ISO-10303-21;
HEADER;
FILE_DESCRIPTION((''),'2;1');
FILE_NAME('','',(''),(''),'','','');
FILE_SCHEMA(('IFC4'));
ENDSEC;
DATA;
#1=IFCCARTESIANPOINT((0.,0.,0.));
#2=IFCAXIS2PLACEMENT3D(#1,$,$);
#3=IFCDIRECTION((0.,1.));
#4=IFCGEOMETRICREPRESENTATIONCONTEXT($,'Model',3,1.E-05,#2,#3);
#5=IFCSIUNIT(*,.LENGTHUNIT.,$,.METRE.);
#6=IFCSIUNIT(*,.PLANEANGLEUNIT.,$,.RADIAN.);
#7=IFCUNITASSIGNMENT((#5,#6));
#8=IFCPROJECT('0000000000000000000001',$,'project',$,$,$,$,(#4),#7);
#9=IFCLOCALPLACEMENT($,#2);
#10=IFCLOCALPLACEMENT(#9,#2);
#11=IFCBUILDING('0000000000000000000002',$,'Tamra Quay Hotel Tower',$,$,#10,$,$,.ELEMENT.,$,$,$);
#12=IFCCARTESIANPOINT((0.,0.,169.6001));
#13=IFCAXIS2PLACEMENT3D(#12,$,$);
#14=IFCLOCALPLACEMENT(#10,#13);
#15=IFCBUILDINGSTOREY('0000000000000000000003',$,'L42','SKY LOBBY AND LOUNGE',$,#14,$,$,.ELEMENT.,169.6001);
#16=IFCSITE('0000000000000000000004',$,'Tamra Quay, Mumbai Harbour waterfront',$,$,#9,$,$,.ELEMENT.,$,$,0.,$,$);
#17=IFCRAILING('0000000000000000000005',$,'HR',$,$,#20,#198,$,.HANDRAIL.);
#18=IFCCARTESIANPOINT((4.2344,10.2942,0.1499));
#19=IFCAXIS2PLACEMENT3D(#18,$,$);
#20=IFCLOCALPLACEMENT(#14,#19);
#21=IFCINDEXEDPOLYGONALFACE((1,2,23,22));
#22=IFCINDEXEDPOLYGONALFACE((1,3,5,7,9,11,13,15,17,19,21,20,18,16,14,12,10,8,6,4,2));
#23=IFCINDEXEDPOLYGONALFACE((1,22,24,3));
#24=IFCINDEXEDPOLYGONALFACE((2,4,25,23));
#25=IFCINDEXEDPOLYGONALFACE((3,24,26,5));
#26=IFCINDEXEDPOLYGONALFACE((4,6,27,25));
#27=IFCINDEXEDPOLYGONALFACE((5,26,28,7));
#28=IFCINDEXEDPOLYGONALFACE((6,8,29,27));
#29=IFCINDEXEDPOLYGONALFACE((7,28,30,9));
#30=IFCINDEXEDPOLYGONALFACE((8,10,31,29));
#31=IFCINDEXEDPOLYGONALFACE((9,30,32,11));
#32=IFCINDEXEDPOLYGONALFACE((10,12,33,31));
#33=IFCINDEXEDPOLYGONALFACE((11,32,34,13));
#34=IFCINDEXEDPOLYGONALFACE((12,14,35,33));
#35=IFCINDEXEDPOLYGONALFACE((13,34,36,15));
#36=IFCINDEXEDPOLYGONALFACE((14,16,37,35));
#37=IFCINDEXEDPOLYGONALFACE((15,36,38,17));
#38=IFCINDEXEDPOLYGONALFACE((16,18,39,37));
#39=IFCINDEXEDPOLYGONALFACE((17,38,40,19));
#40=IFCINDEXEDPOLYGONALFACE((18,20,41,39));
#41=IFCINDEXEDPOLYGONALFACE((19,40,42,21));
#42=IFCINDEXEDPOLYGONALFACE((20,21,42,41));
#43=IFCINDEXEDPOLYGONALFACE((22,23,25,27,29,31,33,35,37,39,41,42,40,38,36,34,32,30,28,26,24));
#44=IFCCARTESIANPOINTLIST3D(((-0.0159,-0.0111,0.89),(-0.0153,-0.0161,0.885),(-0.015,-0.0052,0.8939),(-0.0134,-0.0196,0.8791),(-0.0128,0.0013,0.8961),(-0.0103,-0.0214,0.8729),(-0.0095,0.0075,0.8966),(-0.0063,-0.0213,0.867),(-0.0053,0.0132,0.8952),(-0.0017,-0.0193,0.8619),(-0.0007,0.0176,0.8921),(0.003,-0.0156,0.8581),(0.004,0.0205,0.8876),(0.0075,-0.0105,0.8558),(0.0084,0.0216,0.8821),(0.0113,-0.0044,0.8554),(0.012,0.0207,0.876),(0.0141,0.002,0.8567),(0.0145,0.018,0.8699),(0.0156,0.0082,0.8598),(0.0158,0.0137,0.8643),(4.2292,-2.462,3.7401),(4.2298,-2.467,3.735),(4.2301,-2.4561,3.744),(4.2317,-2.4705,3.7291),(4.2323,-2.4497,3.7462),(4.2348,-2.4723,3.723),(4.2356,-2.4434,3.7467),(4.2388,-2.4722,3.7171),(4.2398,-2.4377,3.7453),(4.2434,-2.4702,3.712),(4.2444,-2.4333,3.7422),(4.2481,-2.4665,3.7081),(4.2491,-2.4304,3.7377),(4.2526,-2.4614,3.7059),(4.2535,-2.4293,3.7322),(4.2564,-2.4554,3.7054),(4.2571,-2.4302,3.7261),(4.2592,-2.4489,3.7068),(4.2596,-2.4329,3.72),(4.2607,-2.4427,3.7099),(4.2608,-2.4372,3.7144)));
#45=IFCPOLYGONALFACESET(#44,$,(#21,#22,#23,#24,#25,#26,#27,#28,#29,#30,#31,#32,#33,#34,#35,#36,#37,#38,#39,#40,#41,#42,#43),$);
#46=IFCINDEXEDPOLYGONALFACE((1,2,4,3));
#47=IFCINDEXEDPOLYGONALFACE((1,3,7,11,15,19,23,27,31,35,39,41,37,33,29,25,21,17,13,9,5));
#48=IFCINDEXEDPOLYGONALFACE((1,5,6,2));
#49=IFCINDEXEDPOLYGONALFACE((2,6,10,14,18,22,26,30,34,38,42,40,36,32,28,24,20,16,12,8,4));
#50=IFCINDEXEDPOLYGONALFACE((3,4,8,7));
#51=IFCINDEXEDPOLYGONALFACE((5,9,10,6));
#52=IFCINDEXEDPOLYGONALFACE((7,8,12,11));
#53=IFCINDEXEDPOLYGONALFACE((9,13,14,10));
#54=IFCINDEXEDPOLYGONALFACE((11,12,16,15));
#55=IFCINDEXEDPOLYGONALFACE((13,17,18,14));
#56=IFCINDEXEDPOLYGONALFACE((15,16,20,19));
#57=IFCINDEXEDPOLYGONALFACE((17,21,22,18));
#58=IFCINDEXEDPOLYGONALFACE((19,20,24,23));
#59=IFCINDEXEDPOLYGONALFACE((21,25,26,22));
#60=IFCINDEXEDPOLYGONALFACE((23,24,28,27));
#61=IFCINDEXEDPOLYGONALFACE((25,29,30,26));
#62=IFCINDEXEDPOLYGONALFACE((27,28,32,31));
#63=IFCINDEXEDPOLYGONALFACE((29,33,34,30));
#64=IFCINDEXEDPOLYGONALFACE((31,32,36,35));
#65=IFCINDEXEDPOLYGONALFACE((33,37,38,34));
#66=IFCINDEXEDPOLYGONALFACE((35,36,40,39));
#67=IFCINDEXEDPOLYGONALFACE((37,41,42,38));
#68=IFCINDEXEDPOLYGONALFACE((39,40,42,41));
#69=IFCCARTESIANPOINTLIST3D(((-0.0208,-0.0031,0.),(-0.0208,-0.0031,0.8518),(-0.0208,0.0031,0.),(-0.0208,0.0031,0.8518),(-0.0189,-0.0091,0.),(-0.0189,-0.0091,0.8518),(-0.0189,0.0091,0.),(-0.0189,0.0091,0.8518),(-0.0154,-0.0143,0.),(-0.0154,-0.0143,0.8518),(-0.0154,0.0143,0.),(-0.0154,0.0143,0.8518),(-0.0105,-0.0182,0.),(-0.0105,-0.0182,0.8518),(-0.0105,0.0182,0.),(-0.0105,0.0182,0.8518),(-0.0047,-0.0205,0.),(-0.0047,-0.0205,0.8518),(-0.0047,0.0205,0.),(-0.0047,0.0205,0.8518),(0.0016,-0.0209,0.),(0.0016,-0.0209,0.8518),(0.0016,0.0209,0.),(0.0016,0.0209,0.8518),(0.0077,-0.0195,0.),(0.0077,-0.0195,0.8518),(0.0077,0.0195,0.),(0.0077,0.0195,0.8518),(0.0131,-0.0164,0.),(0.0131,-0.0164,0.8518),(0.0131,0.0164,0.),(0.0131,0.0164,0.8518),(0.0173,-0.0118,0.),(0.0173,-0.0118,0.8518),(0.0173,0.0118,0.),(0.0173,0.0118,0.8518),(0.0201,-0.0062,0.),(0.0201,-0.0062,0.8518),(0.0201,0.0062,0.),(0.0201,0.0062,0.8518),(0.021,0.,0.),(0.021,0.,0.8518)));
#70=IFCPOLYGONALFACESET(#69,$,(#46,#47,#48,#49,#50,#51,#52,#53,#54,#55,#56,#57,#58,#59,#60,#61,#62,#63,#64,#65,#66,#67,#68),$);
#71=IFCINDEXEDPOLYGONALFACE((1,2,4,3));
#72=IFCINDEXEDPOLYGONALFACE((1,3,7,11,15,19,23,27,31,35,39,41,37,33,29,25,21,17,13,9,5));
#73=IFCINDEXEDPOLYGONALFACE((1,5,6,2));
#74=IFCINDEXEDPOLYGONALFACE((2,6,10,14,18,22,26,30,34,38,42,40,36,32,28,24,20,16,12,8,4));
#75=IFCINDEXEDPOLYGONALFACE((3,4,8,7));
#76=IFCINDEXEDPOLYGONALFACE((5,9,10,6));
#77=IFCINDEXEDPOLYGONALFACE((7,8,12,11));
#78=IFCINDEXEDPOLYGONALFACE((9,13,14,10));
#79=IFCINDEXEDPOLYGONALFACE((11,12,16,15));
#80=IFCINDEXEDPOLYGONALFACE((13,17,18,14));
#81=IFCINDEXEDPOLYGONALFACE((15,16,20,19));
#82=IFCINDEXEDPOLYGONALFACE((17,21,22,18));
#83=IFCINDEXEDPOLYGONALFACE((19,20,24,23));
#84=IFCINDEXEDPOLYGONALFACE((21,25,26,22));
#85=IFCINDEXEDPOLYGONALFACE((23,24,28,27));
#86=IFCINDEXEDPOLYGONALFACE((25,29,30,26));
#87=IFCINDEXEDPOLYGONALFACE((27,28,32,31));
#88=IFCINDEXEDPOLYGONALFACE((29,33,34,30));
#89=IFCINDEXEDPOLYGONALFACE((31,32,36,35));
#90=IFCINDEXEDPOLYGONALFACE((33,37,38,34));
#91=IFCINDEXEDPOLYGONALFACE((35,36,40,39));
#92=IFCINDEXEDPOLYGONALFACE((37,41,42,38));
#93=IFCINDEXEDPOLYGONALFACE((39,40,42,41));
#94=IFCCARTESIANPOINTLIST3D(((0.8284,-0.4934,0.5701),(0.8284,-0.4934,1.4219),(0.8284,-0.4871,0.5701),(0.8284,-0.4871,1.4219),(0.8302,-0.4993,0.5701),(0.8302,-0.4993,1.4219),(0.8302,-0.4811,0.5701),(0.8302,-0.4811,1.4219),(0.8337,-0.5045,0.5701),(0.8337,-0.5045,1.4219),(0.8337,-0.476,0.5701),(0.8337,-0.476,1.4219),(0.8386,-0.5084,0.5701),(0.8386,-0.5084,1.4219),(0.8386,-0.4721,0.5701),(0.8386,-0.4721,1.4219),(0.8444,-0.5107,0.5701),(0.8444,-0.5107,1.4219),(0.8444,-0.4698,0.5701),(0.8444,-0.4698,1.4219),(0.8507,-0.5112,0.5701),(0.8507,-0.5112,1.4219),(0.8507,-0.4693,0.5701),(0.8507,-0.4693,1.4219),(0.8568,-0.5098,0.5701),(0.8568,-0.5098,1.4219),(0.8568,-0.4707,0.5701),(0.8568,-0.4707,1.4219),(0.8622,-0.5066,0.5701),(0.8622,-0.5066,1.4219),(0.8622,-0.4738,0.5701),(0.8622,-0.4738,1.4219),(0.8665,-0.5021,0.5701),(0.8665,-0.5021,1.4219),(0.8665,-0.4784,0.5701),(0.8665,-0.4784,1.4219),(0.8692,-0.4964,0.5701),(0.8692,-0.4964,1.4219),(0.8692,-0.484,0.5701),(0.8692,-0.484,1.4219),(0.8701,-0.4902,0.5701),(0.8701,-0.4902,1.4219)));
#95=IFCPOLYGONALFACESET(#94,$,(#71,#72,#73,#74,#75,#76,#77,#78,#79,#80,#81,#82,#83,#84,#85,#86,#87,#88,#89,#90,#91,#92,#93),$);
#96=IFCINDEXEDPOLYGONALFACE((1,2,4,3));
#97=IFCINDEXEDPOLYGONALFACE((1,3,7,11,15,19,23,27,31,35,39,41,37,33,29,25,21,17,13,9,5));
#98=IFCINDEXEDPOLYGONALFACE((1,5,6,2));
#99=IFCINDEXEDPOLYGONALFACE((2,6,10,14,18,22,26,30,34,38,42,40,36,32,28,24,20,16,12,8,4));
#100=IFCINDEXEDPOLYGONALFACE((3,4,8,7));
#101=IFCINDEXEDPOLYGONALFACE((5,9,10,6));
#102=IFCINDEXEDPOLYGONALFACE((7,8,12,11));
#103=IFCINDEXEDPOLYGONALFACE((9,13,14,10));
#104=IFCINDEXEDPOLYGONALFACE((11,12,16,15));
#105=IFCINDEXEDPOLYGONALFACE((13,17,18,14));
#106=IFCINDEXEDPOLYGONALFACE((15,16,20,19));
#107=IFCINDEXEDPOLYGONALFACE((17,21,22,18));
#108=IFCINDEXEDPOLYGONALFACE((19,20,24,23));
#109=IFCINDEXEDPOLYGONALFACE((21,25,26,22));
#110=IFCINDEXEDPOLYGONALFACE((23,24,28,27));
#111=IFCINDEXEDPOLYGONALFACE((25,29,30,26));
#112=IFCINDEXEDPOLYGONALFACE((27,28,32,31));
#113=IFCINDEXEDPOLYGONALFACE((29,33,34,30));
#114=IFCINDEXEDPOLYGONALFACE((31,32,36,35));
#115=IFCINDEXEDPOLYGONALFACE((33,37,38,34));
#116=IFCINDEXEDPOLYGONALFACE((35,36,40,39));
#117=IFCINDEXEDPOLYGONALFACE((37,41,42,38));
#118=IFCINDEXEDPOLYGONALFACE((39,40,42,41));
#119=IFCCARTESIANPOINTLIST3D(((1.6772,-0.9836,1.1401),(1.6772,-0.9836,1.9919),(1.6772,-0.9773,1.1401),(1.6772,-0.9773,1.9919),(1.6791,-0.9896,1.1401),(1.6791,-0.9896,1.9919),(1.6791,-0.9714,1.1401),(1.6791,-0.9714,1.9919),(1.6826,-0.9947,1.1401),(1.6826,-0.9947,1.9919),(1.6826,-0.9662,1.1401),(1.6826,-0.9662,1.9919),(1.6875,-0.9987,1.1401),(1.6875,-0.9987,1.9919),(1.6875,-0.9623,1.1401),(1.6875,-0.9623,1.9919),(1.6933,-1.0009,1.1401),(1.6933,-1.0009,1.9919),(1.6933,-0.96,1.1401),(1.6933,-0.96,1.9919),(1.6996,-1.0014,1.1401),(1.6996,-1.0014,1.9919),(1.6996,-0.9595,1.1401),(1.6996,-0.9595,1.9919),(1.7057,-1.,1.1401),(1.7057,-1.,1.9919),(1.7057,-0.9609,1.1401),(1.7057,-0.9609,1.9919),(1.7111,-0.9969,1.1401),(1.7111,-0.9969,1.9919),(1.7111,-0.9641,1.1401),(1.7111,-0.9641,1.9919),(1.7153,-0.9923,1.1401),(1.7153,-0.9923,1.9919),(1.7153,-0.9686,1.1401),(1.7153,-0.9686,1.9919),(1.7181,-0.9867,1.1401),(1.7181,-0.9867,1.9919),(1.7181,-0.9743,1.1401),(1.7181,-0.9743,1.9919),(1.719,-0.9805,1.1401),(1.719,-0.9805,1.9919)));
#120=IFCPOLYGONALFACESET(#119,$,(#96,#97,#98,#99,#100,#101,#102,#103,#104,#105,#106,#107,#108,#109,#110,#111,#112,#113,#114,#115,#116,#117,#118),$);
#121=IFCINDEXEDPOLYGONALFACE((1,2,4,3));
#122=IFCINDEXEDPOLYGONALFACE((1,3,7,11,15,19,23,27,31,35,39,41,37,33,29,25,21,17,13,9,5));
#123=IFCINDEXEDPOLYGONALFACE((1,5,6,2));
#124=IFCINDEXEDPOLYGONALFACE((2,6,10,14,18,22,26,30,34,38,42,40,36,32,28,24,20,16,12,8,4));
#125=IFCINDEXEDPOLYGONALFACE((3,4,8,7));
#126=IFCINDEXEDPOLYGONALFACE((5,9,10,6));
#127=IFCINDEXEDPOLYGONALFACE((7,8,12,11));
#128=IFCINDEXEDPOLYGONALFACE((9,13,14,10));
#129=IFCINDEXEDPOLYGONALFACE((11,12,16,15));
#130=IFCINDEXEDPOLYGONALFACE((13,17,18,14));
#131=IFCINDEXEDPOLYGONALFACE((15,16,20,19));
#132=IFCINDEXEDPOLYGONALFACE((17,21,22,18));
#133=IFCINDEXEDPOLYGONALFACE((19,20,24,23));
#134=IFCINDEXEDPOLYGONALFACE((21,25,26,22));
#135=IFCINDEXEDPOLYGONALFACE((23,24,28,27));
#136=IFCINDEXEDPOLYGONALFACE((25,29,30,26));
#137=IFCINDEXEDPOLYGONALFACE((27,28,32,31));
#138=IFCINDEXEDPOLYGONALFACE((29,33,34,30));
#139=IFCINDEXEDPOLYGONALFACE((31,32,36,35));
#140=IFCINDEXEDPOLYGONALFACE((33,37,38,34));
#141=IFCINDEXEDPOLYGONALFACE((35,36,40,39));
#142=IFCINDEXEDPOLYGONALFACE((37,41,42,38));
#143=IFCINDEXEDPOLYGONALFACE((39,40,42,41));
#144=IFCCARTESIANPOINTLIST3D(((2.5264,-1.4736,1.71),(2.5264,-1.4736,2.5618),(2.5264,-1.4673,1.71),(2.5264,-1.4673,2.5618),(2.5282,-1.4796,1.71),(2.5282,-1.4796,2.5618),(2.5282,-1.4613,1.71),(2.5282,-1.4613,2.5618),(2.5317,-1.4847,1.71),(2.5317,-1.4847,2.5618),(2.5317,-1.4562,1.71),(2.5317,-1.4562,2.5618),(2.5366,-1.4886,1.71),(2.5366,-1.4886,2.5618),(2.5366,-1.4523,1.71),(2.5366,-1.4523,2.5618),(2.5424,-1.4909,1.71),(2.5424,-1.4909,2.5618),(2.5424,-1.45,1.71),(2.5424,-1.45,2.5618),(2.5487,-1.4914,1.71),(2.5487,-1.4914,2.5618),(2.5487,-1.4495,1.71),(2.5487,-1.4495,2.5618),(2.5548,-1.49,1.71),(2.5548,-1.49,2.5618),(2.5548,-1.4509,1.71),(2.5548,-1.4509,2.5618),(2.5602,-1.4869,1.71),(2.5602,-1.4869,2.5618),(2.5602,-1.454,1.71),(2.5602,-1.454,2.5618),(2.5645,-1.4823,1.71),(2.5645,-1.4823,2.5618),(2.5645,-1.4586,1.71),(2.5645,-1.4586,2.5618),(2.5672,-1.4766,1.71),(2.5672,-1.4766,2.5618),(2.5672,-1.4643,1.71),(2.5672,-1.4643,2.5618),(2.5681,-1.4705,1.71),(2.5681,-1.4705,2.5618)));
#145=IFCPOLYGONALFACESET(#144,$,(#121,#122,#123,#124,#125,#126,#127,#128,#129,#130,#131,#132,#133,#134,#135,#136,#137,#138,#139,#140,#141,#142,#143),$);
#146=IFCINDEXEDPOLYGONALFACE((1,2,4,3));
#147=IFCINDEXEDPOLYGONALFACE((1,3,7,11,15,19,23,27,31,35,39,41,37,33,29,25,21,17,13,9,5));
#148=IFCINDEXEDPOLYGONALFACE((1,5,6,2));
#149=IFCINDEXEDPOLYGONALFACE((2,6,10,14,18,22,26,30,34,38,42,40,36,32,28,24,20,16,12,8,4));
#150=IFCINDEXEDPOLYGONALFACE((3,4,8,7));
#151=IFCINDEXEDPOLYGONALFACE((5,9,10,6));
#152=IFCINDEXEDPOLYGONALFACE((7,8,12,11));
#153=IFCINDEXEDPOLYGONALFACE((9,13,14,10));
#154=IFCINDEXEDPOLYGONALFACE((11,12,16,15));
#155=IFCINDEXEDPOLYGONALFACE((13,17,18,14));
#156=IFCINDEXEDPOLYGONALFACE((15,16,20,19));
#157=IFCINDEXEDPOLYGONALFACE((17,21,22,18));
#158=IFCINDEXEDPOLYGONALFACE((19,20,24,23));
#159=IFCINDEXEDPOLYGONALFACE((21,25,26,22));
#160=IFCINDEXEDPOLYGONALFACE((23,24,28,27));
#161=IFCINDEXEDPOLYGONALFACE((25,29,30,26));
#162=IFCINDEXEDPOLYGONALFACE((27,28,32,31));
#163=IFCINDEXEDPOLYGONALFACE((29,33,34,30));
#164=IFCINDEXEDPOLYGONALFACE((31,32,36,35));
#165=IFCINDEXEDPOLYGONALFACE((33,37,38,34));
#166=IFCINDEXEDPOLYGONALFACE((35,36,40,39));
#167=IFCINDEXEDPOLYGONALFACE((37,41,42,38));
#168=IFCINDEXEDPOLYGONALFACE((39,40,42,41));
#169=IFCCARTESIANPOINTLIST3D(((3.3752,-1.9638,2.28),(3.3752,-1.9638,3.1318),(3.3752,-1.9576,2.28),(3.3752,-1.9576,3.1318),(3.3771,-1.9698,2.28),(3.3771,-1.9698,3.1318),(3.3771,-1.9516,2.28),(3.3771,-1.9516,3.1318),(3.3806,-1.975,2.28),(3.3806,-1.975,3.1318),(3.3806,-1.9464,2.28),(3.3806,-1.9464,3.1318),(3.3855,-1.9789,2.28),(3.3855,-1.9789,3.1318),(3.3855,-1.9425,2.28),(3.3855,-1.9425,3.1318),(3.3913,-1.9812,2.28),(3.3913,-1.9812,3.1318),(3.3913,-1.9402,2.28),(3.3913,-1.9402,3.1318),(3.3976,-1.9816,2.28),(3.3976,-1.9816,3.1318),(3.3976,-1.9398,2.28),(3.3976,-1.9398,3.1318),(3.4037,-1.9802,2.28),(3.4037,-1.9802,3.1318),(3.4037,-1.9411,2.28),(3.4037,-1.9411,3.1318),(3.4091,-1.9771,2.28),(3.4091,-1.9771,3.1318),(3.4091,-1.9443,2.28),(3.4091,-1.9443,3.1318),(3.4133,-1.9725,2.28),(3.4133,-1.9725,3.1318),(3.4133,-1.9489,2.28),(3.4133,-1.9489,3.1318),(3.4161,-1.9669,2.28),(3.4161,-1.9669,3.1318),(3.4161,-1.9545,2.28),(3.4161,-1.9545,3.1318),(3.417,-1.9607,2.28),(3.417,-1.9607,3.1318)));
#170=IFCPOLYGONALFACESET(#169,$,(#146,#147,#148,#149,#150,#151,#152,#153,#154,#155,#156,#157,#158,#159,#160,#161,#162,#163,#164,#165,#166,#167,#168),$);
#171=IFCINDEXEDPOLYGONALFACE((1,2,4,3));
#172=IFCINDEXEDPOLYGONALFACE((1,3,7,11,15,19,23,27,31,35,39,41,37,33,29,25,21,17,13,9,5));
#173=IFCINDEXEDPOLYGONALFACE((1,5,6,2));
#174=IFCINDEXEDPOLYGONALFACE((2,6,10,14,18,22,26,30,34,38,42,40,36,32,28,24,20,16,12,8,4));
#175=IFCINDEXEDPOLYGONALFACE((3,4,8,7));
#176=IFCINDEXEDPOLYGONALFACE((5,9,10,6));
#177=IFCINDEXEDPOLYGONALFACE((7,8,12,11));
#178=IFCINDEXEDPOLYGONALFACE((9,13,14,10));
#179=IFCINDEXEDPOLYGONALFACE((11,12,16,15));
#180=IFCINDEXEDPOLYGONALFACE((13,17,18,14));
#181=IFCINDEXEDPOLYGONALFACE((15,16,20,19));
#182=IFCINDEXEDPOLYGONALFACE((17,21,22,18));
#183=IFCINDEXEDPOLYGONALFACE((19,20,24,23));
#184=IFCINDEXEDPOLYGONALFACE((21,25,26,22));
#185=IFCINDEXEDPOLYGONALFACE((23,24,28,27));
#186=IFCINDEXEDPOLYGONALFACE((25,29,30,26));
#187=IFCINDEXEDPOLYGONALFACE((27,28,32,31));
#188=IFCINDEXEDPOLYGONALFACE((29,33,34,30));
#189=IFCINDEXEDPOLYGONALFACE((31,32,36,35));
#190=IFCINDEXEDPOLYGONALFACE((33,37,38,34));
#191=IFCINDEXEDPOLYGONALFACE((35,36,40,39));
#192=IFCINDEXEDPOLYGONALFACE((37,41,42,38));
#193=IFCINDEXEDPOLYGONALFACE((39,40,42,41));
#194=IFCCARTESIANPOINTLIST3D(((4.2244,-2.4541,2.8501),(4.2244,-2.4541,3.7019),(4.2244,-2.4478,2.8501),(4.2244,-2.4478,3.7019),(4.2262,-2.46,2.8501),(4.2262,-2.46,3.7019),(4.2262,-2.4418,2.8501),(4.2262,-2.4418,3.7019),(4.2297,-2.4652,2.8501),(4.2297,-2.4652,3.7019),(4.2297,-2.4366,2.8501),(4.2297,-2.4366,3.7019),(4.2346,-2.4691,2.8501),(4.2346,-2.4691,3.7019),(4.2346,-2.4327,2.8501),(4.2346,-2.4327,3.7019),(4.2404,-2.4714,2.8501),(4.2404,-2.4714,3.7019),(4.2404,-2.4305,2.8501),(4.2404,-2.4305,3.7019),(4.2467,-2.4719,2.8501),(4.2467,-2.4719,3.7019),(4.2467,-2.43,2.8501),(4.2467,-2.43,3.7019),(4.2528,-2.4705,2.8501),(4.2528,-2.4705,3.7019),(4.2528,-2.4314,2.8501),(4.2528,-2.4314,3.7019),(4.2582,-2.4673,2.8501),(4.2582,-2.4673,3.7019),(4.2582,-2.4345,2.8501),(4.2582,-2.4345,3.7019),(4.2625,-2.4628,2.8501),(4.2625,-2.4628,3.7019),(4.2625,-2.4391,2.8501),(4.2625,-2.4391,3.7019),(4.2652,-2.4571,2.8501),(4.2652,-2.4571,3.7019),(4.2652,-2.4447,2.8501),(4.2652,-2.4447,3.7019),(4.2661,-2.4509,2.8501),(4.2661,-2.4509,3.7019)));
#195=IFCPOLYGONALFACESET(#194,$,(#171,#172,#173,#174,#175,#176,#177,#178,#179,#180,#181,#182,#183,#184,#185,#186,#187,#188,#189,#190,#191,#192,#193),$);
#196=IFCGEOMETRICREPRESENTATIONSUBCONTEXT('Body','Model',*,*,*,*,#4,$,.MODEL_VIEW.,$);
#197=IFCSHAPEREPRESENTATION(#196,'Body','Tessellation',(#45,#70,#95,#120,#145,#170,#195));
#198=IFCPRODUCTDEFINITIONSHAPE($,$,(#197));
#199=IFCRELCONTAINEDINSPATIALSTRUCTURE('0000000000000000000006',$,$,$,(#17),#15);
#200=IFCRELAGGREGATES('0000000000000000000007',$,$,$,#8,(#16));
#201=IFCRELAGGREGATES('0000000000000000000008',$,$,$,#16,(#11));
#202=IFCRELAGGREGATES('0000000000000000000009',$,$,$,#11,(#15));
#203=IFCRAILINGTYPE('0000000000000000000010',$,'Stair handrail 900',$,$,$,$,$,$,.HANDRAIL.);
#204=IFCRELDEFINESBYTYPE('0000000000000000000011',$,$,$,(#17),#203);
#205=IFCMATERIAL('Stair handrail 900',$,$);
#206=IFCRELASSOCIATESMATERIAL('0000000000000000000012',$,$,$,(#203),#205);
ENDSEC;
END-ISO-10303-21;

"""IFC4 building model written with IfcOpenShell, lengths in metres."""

from ifc_helpers import new_model, si_unit, direction, frame, origin, origin_2d, place, context, subcontext, project, spatial, circle, extrude, material, type_object, element, save


model = new_model("IFC4")

# Units and contexts
model_context = context("Model", 3, precision=1e-05, world=origin(), true_north=direction((0.0, 1.0)))
body_context = subcontext(model_context, "Body", "Model", "MODEL_VIEW")
ifc_project = project(units=[si_unit("LENGTHUNIT", "METRE"), si_unit("PLANEANGLEUNIT", "RADIAN")], contexts=[model_context])

# Site, building, storey
site_placement = place(None, origin())
site = spatial("IfcSite", under=ifc_project, at=site_placement, Name="Tamra Quay, Mumbai Harbour waterfront", CompositionType="ELEMENT", RefElevation=0.0)
building_placement = place(site_placement, origin())
building = spatial("IfcBuilding", under=site, at=building_placement, Name="Tamra Quay Hotel Tower", CompositionType="ELEMENT")
storey_placement = place(building_placement, frame((0.0, 0.0, 169.6001)))
storey = spatial("IfcBuildingStorey", under=building, at=storey_placement, Name="L42", Description="SKY LOBBY AND LOUNGE", CompositionType="ELEMENT", Elevation=169.6001)

# Railing
ifc_material_1 = material(Name="Stair handrail 900")
railing_type = type_object("IfcRailingType", Name="Stair handrail 900", PredefinedType="HANDRAIL", material=ifc_material_1)
railing_1_placement = place(storey_placement, frame((4.2344, 10.2942, 0.1499)))
element("IfcRailing", 1, at=railing_1_placement, inside=storey, type_object=railing_type, Name="HR", PredefinedType="HANDRAIL", context=body_context, shape_type="SweptSolid", body=[
    extrude(circle(Radius=0.0239, at=origin_2d()), frame((0.0, 0.0, 0.876), z_axis=(0.748672, -0.432247, 0.502645), x_axis=(0.500001, 0.866025, 0.0)), (0.0, 0.0, 1.0), 5.6702),
    extrude(circle(Radius=0.021, at=origin_2d()), origin(), (0.0, 0.0, 1.0), 0.8518),
    extrude(circle(Radius=0.021, at=origin_2d()), frame((0.8491, -0.4902, 0.5701)), (0.0, 0.0, 1.0), 0.8518),
    extrude(circle(Radius=0.021, at=origin_2d()), frame((1.698, -0.9805, 1.1401)), (0.0, 0.0, 1.0), 0.8518),
    extrude(circle(Radius=0.021, at=origin_2d()), frame((2.5471, -1.4705, 1.71)), (0.0, 0.0, 1.0), 0.8518),
    extrude(circle(Radius=0.021, at=origin_2d()), frame((3.396, -1.9607, 2.28)), (0.0, 0.0, 1.0), 0.8518),
    extrude(circle(Radius=0.021, at=origin_2d()), frame((4.2451, -2.4509, 2.8501)), (0.0, 0.0, 1.0), 0.8518),
])

save(model, "model.ifc")
